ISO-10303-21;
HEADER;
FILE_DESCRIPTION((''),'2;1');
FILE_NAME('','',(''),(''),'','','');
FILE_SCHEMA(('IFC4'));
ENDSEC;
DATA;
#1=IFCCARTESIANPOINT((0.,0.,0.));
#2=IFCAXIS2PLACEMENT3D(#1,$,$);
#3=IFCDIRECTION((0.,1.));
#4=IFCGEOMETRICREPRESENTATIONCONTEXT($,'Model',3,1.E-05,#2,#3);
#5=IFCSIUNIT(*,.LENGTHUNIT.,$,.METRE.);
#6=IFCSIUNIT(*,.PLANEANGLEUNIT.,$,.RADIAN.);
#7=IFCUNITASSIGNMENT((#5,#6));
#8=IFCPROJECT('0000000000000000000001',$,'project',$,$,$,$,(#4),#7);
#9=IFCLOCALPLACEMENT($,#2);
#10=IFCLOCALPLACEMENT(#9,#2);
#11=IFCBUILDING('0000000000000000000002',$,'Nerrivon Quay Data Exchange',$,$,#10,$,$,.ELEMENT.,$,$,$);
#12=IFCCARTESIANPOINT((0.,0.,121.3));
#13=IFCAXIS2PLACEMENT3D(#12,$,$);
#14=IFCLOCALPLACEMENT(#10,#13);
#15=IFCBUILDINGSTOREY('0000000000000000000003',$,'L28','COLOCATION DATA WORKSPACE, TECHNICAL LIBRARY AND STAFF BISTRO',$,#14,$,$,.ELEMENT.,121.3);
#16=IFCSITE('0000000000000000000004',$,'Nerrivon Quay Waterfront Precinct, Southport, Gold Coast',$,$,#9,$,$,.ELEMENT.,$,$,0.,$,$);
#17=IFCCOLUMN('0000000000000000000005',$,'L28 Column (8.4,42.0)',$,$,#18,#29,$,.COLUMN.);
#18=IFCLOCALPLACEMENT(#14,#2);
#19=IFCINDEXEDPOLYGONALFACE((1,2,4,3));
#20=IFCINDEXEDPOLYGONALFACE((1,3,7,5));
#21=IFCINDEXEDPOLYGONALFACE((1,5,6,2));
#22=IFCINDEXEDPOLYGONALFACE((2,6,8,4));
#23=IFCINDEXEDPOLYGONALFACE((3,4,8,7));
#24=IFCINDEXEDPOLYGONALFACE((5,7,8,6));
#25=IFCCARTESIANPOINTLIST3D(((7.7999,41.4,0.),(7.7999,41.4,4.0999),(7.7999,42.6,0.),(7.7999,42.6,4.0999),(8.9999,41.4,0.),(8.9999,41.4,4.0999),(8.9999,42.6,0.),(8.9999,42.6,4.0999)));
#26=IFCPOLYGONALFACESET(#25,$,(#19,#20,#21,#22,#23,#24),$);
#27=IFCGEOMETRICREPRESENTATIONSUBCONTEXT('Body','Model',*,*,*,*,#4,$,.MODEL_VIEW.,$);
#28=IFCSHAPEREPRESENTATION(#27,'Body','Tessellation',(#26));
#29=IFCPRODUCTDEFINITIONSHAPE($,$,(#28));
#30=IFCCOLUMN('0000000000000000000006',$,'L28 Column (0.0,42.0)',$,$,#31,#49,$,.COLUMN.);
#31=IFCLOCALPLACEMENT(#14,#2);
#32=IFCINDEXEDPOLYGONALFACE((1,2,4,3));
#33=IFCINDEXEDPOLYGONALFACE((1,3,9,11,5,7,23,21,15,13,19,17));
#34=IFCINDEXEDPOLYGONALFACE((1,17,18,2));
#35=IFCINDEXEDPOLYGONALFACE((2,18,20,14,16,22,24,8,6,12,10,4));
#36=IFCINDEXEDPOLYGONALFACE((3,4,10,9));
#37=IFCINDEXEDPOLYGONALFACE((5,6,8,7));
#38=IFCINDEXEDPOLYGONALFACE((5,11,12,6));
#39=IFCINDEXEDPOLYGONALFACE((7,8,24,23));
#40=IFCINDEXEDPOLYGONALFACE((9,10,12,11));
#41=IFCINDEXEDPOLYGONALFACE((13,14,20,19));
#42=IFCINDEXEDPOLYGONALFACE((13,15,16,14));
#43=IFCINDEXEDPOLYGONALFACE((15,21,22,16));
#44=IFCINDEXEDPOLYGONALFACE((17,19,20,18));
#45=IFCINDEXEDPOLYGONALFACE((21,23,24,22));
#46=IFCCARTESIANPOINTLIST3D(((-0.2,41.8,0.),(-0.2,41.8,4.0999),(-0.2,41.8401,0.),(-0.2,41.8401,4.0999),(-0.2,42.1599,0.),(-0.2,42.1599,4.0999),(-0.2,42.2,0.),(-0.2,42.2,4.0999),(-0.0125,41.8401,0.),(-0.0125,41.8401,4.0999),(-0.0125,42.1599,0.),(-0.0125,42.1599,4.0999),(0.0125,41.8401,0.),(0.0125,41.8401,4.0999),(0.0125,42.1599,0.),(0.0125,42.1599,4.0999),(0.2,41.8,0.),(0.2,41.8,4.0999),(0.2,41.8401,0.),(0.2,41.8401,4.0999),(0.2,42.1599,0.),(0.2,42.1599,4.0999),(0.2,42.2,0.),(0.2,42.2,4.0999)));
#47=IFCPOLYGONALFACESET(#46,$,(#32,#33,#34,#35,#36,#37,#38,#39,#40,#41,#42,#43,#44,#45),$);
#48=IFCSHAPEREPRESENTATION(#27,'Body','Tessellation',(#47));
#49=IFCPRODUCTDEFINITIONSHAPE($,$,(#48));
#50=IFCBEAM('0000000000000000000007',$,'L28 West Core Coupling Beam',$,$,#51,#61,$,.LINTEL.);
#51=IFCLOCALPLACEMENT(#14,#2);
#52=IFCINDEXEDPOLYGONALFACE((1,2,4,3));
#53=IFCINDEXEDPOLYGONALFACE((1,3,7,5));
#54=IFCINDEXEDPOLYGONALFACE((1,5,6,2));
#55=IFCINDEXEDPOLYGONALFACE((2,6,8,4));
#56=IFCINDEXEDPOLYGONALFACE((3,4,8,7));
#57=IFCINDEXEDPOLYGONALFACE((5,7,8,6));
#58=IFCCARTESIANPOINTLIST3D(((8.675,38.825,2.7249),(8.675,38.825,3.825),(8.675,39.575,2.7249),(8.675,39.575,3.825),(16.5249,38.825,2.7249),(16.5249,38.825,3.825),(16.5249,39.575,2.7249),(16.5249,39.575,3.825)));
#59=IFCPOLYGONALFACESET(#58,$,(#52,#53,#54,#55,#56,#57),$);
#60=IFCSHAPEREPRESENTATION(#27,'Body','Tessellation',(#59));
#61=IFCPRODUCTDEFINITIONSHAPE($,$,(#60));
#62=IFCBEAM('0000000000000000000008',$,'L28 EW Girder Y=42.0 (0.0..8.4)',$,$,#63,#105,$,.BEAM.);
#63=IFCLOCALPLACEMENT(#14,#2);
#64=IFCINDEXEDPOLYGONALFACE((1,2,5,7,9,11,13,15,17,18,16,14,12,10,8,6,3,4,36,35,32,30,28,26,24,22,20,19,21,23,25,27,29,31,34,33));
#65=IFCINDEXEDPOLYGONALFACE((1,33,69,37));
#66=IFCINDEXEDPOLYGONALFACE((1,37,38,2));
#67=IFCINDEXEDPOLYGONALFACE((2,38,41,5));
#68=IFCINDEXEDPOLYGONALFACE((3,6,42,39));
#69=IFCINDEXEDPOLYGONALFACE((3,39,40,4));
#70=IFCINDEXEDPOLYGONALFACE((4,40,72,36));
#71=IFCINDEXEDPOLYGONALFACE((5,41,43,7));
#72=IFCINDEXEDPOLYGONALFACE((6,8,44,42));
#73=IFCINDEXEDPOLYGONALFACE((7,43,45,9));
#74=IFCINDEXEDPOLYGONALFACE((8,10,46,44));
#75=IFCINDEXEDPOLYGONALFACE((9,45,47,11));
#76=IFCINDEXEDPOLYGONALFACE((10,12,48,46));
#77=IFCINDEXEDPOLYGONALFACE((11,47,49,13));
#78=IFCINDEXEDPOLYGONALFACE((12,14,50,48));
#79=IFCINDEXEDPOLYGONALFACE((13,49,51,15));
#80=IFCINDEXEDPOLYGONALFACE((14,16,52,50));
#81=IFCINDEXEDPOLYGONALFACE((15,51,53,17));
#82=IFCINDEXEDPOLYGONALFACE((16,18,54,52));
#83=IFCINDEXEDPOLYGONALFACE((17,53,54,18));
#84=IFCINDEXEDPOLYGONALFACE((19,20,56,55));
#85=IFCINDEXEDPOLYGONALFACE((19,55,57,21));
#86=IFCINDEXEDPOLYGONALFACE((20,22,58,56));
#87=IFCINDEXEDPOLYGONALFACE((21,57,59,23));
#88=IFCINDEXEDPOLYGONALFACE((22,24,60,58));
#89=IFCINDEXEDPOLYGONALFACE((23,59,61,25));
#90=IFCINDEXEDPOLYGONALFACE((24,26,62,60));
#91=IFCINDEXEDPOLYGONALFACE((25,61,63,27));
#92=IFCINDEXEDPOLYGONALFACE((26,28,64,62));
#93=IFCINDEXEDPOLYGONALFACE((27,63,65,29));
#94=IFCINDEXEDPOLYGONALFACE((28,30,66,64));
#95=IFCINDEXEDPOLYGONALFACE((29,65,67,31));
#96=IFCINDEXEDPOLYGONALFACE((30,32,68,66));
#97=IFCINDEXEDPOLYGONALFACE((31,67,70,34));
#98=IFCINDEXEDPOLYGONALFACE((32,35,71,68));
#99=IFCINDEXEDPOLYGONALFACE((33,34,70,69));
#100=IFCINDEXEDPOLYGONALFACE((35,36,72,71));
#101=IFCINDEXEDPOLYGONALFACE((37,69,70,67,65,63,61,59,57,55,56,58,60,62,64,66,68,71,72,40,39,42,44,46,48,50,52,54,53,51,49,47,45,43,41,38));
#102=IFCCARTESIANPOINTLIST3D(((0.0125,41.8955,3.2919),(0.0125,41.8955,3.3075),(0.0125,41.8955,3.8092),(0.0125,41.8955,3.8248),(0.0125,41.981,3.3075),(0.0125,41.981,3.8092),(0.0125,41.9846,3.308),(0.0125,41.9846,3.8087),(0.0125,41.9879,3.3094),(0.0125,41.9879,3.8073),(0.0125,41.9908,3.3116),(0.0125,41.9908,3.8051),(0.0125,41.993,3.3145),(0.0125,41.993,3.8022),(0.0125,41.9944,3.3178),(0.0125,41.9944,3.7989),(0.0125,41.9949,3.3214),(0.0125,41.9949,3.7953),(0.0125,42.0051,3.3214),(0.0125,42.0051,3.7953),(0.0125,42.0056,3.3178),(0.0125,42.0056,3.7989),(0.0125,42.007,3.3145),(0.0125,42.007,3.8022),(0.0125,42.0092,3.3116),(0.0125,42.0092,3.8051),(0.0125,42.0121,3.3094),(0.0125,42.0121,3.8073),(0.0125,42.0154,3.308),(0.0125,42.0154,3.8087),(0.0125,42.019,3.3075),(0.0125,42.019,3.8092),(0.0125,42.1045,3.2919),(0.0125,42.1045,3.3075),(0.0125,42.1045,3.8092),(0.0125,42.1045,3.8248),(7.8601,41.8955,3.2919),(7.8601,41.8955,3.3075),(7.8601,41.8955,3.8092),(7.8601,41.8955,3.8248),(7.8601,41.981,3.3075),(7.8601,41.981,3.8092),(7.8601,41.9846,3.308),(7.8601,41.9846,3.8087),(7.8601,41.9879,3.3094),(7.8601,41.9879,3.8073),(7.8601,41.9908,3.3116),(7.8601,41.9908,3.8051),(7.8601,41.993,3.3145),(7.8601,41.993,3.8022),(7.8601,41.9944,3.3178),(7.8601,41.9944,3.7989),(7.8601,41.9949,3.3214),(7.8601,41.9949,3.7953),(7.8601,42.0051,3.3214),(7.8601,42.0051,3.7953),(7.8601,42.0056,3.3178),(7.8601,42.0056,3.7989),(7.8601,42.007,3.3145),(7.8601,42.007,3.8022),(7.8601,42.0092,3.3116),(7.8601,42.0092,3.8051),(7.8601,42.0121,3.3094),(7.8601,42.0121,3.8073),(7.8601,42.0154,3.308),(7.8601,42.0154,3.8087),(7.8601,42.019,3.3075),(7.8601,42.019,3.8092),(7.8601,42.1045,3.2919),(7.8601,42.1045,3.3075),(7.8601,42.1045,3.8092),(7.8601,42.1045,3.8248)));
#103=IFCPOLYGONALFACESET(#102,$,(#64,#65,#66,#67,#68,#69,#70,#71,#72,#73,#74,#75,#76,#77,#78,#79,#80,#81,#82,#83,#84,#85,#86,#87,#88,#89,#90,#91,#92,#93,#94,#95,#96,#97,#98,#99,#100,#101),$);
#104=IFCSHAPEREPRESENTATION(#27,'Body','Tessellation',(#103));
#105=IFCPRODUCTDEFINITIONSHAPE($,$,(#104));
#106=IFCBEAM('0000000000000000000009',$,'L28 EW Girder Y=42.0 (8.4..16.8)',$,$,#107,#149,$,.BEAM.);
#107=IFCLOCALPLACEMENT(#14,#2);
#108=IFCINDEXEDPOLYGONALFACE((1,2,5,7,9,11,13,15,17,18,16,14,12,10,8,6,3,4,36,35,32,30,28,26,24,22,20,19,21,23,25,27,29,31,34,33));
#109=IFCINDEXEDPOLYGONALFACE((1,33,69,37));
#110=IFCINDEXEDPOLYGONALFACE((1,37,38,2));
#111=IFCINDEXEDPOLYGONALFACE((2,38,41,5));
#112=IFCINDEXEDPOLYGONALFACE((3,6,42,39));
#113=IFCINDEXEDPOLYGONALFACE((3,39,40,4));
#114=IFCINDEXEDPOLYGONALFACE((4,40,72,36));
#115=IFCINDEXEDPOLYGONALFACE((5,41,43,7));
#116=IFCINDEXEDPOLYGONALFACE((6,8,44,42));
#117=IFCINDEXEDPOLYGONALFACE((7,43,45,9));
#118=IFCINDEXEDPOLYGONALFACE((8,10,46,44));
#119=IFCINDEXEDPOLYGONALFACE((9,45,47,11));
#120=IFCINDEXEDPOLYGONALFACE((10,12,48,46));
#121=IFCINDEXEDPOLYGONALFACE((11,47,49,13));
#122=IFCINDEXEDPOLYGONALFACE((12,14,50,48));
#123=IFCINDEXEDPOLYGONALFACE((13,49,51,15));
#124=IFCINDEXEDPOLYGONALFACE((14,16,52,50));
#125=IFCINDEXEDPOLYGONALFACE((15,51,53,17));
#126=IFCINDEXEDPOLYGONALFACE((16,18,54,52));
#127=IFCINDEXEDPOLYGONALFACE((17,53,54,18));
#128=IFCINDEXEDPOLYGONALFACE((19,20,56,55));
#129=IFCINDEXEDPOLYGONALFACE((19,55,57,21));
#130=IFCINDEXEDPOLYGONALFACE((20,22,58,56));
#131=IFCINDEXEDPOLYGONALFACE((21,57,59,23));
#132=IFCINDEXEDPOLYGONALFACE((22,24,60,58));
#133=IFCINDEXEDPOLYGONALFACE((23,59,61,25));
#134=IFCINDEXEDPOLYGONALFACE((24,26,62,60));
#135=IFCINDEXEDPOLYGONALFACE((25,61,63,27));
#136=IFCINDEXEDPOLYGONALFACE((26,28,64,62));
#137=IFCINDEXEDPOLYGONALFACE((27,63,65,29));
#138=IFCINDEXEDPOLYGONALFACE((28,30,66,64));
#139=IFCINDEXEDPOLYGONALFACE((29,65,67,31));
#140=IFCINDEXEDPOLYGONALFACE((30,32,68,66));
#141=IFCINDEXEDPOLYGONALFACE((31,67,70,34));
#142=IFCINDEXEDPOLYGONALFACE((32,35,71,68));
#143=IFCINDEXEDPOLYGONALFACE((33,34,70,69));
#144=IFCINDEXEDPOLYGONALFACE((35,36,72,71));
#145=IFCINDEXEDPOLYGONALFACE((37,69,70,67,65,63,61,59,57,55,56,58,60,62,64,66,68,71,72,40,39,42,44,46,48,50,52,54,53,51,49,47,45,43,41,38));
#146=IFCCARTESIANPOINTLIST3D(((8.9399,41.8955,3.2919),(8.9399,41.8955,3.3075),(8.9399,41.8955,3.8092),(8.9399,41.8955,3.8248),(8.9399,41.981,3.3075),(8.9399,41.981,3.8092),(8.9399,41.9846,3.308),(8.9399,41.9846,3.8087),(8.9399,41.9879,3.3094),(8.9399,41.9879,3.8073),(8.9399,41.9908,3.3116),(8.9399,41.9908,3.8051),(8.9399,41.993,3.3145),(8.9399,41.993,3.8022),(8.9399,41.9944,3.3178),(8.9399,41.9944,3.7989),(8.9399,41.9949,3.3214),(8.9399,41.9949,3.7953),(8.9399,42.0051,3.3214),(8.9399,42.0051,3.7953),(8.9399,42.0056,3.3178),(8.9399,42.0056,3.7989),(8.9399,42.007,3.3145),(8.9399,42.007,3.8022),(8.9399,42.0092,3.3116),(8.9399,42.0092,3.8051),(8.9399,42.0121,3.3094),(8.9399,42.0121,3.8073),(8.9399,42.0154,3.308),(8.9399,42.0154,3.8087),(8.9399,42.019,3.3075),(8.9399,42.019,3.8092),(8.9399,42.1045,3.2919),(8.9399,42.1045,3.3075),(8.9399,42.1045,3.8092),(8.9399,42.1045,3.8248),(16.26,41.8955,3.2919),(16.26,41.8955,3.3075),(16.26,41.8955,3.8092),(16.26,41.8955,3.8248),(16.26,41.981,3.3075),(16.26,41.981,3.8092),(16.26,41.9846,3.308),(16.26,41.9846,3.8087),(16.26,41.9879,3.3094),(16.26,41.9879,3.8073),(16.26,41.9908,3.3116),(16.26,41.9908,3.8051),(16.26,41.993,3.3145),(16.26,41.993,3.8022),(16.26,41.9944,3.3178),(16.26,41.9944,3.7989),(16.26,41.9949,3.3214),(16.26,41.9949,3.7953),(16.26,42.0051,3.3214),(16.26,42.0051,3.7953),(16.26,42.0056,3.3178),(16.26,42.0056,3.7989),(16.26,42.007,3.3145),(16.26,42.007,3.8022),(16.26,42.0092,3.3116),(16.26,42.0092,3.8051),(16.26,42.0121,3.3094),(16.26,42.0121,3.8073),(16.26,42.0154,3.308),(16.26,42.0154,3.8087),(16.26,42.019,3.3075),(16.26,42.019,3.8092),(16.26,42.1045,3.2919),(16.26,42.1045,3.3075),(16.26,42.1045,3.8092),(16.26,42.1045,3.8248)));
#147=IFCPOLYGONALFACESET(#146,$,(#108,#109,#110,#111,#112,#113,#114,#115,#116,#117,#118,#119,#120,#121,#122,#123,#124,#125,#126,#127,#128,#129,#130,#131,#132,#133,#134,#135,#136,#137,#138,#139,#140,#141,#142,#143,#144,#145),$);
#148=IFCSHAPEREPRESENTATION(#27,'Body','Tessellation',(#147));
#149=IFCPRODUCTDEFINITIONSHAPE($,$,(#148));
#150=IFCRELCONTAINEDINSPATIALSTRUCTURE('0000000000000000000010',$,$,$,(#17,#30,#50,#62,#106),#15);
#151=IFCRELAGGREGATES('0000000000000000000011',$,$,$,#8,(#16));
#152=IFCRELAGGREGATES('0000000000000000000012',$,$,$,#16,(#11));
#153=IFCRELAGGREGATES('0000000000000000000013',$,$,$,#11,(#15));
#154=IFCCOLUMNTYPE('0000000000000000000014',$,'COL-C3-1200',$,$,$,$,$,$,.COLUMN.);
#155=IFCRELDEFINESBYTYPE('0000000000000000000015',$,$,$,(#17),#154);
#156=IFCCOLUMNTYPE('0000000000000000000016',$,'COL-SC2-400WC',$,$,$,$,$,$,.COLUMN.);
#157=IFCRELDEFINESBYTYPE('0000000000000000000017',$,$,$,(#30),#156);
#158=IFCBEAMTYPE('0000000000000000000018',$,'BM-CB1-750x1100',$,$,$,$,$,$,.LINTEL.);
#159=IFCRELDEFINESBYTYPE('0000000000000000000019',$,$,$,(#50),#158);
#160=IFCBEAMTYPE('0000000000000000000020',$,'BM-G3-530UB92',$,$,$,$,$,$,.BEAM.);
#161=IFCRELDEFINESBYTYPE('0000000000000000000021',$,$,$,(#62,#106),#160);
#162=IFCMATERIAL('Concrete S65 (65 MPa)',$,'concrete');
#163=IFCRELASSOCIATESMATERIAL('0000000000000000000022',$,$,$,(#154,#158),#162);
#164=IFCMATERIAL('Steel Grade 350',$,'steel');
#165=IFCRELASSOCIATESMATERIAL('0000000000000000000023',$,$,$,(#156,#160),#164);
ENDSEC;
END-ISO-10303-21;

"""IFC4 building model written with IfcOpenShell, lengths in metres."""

from ifc_helpers import new_model, si_unit, direction, frame, origin, origin_2d, place, context, subcontext, project, spatial, rectangle, i_section, extrude, material, material_profile, profile_set, type_object, element, save


model = new_model("IFC4")

# Units and contexts
model_context = context("Model", 3, precision=1e-05, world=origin(), true_north=direction((0.0, 1.0)))
body_context = subcontext(model_context, "Body", "Model", "MODEL_VIEW")
ifc_project = project(units=[si_unit("LENGTHUNIT", "METRE"), si_unit("PLANEANGLEUNIT", "RADIAN")], contexts=[model_context])

# Site, building, storey
site_placement = place(None, origin())
site = spatial("IfcSite", under=ifc_project, at=site_placement, Name="Nerrivon Quay Waterfront Precinct, Southport, Gold Coast", CompositionType="ELEMENT", RefElevation=0.0)
building_placement = place(site_placement, origin())
building = spatial("IfcBuilding", under=site, at=building_placement, Name="Nerrivon Quay Data Exchange", CompositionType="ELEMENT")
storey_placement = place(building_placement, frame((0.0, 0.0, 121.3)))
storey = spatial("IfcBuildingStorey", under=building, at=storey_placement, Name="L28", Description="COLOCATION DATA WORKSPACE, TECHNICAL LIBRARY AND STAFF BISTRO", CompositionType="ELEMENT", Elevation=121.3)

# Columns
ifc_material_1 = material(Name="Concrete S65 (65 MPa)", Category="concrete")
ifc_material_profile_1 = material_profile(ifc_material_1, rectangle(XDim=1.2, YDim=1.2, at=origin_2d()), Name="RC-COL-1200x1200")
ifc_profile_set_1 = profile_set([ifc_material_profile_1], Name="Concrete S65 (65 MPa)")
column_type_1 = type_object("IfcColumnType", Name="COL-C3-1200", PredefinedType="COLUMN", material=ifc_profile_set_1)
column_1_placement = place(storey_placement, frame((8.3999, 42.0, 0.0), z_axis=(0.0, 0.0, 1.0), x_axis=(1.0, 0.0, 0.0)))
element("IfcColumn", 1, at=column_1_placement, inside=storey, type_object=column_type_1, Name="L28 Column (8.4,42.0)", PredefinedType="COLUMN", context=body_context, shape_type="SweptSolid", body=[
    extrude(rectangle(XDim=1.2, YDim=1.2, at=origin_2d()), origin(), (0.0, 0.0, 1.0), 4.0999),
])
ifc_material_2 = material(Name="Steel Grade 350", Category="steel")
ifc_material_profile_2 = material_profile(ifc_material_2, i_section(OverallWidth=0.3999, OverallDepth=0.3999, WebThickness=0.0249, FlangeThickness=0.04, at=origin_2d()), Name="400WC328")
ifc_profile_set_2 = profile_set([ifc_material_profile_2], Name="Steel Grade 350")
column_type_2 = type_object("IfcColumnType", Name="COL-SC2-400WC", PredefinedType="COLUMN", material=ifc_profile_set_2)
column_2_placement = place(storey_placement, frame((0.0, 42.0, 0.0), z_axis=(0.0, 0.0, 1.0), x_axis=(1.0, 0.0, 0.0)))
element("IfcColumn", 2, at=column_2_placement, inside=storey, type_object=column_type_2, Name="L28 Column (0.0,42.0)", PredefinedType="COLUMN", context=body_context, shape_type="SweptSolid", body=[
    extrude(i_section(OverallWidth=0.3999, OverallDepth=0.3999, WebThickness=0.0249, FlangeThickness=0.04, at=origin_2d()), origin(), (0.0, 0.0, 1.0), 4.0999),
])

# Beams
ifc_material_profile_3 = material_profile(ifc_material_1, rectangle(XDim=0.75, YDim=1.1001, at=origin_2d()), Name="RC-CB-750x1100")
ifc_profile_set_3 = profile_set([ifc_material_profile_3], Name="Concrete S65 (65 MPa)")
beam_type_1 = type_object("IfcBeamType", Name="BM-CB1-750x1100", PredefinedType="LINTEL", material=ifc_profile_set_3)
beam_1_placement = place(storey_placement, frame((8.675, 39.2, 3.2749), z_axis=(1.0, 0.0, 0.0), x_axis=(0.0, 1.0, 0.0)))
element("IfcBeam", 3, at=beam_1_placement, inside=storey, type_object=beam_type_1, Name="L28 West Core Coupling Beam", PredefinedType="LINTEL", context=body_context, shape_type="SweptSolid", body=[
    extrude(rectangle(XDim=0.75, YDim=1.1001, at=origin_2d()), origin(), (0.0, 0.0, 1.0), 7.8499),
])
ifc_material_profile_4 = material_profile(ifc_material_2, i_section(OverallWidth=0.209, OverallDepth=0.533, WebThickness=0.0103, FlangeThickness=0.0156, FilletRadius=0.0139, at=origin_2d()), Name="530UB92.4")
ifc_profile_set_4 = profile_set([ifc_material_profile_4], Name="Steel Grade 350")
beam_type_2 = type_object("IfcBeamType", Name="BM-G3-530UB92", PredefinedType="BEAM", material=ifc_profile_set_4)
beam_2_placement = place(storey_placement, frame((0.0125, 42.0, 3.5583), z_axis=(1.0, 0.0, 0.0), x_axis=(0.0, 1.0, 0.0)))
element("IfcBeam", 4, at=beam_2_placement, inside=storey, type_object=beam_type_2, Name="L28 EW Girder Y=42.0 (0.0..8.4)", PredefinedType="BEAM", context=body_context, shape_type="SweptSolid", body=[
    extrude(i_section(OverallWidth=0.209, OverallDepth=0.533, WebThickness=0.0103, FlangeThickness=0.0156, FilletRadius=0.0139, at=origin_2d()), origin(), (0.0, 0.0, 1.0), 7.8477),
])
beam_3_placement = place(storey_placement, frame((8.9399, 42.0, 3.5583), z_axis=(1.0, 0.0, 0.0), x_axis=(0.0, 1.0, 0.0)))
element("IfcBeam", 5, at=beam_3_placement, inside=storey, type_object=beam_type_2, Name="L28 EW Girder Y=42.0 (8.4..16.8)", PredefinedType="BEAM", context=body_context, shape_type="SweptSolid", body=[
    extrude(i_section(OverallWidth=0.209, OverallDepth=0.533, WebThickness=0.0103, FlangeThickness=0.0156, FilletRadius=0.0139, at=origin_2d()), origin(), (0.0, 0.0, 1.0), 7.3201),
])

save(model, "model.ifc")
